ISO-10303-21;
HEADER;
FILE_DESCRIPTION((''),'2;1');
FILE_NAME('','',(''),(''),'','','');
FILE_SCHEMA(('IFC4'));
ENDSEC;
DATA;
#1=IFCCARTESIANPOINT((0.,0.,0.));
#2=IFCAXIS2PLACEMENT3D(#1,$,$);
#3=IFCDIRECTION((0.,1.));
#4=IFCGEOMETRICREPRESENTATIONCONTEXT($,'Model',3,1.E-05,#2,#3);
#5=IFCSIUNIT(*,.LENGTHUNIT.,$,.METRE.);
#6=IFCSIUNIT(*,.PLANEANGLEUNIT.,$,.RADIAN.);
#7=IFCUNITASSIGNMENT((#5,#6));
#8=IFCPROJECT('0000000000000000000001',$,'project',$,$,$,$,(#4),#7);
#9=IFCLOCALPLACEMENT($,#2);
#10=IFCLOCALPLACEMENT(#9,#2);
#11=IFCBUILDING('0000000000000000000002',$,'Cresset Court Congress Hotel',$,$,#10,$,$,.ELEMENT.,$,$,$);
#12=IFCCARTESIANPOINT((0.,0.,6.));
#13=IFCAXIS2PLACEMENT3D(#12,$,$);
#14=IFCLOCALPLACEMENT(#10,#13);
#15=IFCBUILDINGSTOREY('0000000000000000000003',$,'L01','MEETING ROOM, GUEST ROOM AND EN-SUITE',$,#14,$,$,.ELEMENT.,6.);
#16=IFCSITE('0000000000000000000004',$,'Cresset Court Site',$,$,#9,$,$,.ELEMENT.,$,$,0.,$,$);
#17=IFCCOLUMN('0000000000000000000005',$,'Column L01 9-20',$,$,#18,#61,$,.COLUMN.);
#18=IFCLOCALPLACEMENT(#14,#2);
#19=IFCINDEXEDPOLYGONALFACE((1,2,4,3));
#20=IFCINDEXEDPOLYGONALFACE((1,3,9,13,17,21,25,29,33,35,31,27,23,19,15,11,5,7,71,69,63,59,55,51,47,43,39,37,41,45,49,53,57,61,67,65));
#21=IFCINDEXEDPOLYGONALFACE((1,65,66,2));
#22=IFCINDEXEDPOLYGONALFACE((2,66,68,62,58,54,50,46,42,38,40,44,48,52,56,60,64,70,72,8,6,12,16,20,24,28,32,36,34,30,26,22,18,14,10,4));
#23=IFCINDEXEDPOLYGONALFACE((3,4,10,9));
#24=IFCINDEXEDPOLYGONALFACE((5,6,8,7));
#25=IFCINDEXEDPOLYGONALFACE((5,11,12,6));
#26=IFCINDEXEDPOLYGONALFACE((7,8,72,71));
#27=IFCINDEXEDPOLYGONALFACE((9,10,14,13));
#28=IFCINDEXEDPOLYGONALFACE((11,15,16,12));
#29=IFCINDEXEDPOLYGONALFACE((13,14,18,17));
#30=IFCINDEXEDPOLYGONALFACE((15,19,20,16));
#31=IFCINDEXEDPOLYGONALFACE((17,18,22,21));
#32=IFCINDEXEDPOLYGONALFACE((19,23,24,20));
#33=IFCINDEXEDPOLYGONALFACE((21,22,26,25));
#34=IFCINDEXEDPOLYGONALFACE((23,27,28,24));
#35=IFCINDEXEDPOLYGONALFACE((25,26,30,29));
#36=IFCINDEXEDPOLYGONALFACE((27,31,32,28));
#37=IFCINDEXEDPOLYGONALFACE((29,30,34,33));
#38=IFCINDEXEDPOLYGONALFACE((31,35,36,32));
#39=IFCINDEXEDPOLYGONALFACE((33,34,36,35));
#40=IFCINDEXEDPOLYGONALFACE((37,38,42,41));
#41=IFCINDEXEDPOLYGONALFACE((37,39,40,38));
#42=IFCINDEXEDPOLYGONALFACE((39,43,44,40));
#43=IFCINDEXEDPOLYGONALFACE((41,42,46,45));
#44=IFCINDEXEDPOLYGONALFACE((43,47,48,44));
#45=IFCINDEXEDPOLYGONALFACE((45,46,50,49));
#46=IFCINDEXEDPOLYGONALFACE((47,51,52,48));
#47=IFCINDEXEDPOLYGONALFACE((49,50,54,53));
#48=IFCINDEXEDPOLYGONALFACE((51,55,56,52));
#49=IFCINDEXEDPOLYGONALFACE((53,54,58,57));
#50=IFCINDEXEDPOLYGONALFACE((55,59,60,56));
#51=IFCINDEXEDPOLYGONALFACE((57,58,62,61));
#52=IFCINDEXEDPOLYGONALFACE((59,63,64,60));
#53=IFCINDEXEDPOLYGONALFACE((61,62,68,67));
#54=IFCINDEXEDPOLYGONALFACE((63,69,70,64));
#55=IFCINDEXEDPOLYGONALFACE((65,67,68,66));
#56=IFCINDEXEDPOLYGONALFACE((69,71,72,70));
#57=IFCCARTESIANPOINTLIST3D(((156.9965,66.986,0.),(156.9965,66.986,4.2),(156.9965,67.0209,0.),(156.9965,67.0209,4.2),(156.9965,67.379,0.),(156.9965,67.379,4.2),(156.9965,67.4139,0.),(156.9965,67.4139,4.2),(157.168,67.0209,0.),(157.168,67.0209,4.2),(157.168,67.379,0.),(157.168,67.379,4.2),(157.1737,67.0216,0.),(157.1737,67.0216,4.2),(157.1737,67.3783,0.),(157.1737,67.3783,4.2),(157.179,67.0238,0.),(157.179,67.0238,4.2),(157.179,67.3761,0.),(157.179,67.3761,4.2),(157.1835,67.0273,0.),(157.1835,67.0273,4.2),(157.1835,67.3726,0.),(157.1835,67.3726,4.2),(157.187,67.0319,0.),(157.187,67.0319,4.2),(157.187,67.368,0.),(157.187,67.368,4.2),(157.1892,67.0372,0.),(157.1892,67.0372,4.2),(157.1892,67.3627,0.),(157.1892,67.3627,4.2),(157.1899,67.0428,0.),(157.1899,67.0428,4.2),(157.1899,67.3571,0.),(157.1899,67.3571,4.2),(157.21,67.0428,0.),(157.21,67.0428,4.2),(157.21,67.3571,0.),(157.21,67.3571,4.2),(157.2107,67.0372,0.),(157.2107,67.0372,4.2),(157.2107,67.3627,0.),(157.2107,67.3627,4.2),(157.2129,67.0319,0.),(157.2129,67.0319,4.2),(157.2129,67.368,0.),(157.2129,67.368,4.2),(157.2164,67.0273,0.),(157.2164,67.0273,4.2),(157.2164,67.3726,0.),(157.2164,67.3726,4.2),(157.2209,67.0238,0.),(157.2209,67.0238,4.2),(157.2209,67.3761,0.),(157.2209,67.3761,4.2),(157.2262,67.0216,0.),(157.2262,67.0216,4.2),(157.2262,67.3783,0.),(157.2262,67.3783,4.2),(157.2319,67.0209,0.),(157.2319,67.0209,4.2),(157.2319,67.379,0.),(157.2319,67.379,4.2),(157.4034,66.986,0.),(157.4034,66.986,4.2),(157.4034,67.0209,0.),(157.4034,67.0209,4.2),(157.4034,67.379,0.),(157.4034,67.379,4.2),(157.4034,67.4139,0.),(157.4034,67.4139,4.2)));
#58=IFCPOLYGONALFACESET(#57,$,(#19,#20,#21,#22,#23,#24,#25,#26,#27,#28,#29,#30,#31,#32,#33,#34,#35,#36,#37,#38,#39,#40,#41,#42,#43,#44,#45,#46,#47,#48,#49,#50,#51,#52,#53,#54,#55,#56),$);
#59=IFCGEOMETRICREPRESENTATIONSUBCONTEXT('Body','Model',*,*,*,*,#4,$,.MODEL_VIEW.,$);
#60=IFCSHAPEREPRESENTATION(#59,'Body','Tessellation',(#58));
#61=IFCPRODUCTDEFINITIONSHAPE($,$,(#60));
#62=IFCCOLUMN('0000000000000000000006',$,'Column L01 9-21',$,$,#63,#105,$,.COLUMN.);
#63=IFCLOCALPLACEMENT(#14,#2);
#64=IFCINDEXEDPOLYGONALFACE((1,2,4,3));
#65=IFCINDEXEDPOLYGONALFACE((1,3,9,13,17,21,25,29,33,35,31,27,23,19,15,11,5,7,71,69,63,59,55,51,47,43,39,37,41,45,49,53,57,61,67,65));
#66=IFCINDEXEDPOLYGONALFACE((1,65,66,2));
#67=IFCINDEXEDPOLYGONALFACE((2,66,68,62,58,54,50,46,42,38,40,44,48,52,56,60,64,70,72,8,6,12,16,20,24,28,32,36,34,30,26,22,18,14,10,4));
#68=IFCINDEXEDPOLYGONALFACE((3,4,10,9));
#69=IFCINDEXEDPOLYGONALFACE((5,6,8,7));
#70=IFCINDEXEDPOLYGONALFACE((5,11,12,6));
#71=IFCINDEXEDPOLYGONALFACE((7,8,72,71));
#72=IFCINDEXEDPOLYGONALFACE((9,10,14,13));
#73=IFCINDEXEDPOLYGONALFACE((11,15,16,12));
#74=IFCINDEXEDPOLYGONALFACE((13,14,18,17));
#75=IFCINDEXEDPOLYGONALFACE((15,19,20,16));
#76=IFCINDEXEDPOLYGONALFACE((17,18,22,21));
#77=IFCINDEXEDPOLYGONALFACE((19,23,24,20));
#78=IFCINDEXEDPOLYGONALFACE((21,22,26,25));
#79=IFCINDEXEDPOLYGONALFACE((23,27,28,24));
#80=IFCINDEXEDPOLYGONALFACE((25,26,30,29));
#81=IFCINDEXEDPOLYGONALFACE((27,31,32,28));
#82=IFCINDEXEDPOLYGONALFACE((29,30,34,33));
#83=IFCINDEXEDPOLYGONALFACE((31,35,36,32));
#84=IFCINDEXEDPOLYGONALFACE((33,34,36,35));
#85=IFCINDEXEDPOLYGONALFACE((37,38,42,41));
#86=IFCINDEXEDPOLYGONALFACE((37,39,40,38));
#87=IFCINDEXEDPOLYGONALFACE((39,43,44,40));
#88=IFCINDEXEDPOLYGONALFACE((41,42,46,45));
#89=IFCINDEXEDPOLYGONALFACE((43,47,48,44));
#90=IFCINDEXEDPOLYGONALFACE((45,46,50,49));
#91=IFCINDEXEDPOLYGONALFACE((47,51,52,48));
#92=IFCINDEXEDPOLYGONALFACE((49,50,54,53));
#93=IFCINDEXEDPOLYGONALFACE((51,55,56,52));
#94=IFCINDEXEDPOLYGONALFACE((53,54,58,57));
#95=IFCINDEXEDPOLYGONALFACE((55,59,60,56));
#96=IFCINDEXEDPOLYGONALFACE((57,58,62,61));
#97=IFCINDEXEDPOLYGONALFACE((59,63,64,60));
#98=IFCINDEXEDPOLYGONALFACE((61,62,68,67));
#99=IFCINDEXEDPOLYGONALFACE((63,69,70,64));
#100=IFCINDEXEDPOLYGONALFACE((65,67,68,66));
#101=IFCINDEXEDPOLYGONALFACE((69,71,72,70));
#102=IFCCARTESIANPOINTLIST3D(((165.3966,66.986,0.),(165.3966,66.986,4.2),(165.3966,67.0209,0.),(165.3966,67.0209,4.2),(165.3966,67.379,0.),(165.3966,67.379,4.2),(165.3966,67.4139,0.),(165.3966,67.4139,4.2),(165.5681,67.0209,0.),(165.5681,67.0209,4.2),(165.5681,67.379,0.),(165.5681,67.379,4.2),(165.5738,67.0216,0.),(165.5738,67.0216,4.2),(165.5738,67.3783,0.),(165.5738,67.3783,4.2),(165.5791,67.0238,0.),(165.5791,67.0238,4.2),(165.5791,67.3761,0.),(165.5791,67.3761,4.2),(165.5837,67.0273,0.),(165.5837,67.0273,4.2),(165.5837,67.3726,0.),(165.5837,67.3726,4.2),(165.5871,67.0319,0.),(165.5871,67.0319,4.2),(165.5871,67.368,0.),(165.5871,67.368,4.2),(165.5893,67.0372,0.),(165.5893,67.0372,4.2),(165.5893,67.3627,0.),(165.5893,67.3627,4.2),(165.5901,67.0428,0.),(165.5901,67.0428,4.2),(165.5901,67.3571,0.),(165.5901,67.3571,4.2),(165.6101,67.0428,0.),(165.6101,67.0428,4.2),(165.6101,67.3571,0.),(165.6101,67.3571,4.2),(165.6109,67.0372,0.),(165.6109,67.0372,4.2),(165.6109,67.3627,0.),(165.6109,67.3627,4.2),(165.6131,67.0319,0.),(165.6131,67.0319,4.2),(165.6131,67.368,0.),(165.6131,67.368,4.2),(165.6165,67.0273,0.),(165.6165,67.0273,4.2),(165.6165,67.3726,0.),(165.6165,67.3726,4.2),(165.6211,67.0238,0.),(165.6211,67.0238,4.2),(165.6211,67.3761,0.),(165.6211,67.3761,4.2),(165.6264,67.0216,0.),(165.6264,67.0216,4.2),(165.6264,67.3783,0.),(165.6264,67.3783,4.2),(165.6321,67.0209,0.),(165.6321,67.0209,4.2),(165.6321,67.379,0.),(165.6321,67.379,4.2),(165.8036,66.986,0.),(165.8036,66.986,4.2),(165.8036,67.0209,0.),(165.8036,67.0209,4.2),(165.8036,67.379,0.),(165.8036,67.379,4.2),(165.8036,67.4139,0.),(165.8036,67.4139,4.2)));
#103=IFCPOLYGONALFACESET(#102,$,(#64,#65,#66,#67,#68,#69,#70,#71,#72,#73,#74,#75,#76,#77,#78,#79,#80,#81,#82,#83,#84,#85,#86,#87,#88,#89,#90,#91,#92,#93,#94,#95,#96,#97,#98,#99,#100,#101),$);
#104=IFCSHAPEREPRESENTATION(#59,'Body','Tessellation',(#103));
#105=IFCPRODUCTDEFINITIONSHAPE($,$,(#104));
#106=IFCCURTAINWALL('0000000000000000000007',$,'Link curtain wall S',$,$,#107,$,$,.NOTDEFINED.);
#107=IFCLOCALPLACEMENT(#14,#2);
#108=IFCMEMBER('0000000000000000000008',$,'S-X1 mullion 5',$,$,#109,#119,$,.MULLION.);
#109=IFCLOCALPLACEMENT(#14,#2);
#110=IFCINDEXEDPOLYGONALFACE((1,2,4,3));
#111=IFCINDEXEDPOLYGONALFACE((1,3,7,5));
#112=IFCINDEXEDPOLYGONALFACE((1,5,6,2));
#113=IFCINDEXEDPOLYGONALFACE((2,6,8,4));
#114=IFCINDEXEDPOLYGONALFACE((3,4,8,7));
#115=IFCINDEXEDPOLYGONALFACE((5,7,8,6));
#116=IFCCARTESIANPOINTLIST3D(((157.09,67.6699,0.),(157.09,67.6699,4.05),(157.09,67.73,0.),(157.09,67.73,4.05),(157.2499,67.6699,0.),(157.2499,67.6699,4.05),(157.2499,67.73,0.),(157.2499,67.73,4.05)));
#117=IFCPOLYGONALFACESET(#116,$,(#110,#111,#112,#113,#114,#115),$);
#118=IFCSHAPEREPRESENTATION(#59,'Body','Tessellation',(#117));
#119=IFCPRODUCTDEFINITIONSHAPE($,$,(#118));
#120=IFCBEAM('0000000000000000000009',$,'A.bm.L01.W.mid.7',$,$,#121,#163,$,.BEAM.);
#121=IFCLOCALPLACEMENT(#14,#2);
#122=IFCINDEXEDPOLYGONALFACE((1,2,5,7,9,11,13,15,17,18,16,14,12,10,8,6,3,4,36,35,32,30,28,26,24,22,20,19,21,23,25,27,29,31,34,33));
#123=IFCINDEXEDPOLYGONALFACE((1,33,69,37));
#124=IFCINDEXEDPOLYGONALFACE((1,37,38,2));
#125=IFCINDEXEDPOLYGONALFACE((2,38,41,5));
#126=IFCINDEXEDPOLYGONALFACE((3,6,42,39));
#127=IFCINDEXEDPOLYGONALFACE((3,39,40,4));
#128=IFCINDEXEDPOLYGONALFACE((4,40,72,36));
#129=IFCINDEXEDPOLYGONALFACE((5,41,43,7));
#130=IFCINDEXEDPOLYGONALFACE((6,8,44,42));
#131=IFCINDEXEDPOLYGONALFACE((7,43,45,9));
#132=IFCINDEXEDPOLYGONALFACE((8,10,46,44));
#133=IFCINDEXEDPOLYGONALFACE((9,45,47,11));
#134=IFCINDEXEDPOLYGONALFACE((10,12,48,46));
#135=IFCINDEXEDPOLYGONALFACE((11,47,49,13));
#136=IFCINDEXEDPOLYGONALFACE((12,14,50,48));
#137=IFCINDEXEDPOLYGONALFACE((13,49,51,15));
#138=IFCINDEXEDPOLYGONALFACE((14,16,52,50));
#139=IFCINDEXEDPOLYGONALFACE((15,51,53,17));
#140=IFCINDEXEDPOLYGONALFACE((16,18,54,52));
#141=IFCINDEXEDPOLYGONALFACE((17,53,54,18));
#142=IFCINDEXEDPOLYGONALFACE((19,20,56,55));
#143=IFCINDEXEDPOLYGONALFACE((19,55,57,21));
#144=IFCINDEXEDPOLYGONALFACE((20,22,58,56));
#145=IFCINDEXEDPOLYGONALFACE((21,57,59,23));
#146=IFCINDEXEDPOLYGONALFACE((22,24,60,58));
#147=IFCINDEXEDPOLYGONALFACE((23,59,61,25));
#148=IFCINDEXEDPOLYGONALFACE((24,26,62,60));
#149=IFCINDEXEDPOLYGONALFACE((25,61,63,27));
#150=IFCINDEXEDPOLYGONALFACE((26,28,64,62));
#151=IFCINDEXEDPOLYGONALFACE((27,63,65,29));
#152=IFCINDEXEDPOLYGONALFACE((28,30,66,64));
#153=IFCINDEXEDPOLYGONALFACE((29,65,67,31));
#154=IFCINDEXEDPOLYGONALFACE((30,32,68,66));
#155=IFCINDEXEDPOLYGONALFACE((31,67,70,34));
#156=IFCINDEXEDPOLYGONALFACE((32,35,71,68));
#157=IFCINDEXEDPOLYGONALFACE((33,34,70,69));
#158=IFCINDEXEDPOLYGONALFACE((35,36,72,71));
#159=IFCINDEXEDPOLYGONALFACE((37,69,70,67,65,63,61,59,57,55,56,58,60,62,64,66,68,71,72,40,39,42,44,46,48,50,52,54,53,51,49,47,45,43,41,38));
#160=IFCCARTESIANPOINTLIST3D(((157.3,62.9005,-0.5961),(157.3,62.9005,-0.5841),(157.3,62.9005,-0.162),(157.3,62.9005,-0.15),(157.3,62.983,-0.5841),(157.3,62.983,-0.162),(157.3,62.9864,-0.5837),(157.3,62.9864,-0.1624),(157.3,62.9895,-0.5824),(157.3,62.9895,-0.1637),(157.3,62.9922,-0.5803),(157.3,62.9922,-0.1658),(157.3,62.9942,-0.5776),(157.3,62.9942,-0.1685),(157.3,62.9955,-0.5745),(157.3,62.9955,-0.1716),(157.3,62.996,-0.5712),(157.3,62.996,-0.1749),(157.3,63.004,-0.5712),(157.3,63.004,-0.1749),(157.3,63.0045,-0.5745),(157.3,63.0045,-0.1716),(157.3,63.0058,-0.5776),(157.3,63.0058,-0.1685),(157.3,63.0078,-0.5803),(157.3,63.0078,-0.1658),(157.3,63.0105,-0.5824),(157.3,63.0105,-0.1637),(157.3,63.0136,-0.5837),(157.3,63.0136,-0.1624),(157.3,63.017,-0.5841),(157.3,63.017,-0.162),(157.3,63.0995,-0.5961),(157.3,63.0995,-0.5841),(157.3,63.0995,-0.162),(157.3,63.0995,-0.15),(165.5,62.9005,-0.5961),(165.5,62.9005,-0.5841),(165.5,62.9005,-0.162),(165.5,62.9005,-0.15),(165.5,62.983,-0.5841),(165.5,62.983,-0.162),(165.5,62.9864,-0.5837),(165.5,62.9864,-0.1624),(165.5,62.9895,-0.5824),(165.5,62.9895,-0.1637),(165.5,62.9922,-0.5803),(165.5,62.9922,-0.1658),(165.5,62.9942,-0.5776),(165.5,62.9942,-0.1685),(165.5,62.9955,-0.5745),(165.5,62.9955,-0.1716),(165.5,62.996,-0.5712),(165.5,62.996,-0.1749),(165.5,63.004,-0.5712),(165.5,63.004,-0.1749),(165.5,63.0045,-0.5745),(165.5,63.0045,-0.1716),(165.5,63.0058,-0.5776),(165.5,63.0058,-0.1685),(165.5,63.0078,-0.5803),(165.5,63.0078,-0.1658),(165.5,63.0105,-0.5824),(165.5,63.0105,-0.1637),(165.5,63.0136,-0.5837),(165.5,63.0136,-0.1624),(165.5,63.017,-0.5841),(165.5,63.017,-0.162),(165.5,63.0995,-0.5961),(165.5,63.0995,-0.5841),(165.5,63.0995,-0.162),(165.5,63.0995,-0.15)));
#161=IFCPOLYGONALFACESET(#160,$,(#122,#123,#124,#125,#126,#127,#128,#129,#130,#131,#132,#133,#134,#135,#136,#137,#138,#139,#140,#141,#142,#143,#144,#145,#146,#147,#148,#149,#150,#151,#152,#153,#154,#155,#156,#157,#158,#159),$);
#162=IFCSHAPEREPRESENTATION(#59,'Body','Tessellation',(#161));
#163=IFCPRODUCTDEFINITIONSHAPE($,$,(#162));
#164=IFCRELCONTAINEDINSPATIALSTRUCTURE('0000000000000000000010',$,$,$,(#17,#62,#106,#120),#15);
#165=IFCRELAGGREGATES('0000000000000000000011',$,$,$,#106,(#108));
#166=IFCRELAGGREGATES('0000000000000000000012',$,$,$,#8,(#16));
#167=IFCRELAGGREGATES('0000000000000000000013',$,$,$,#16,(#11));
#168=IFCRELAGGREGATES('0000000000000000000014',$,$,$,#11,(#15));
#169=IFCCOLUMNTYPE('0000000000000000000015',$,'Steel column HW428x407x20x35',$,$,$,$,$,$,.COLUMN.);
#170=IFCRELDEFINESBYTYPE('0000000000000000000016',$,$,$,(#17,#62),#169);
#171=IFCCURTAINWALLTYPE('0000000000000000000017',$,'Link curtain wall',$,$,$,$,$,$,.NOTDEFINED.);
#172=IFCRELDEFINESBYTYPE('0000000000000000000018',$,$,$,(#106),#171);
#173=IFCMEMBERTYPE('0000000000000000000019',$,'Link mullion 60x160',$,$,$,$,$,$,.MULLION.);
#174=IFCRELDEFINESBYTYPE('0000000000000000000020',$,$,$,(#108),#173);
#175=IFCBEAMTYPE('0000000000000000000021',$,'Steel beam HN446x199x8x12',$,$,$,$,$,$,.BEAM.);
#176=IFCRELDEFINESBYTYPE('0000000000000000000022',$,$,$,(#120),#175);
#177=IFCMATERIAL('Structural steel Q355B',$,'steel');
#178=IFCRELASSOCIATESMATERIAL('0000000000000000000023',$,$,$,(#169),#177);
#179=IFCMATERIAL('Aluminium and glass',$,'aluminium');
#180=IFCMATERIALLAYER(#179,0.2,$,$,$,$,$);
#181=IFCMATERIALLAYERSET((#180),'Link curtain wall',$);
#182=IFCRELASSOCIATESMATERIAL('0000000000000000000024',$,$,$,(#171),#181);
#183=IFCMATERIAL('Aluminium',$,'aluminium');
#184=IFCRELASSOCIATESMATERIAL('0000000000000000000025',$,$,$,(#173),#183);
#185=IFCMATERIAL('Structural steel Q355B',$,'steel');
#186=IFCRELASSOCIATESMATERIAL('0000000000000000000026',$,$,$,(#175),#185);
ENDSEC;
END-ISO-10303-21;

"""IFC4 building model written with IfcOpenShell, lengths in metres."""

from ifc_helpers import new_model, si_unit, direction, frame, origin, origin_2d, place, context, subcontext, project, spatial, rectangle, i_section, extrude, material, layer, layer_set, material_profile, profile_set, type_object, element, aggregate, save


model = new_model("IFC4")

# Units and contexts
model_context = context("Model", 3, precision=1e-05, world=origin(), true_north=direction((0.0, 1.0)))
body_context = subcontext(model_context, "Body", "Model", "MODEL_VIEW")
ifc_project = project(units=[si_unit("LENGTHUNIT", "METRE"), si_unit("PLANEANGLEUNIT", "RADIAN")], contexts=[model_context])

# Site, building, storey
site_placement = place(None, origin())
site = spatial("IfcSite", under=ifc_project, at=site_placement, Name="Cresset Court Site", CompositionType="ELEMENT", RefElevation=0.0)
building_placement = place(site_placement, origin())
building = spatial("IfcBuilding", under=site, at=building_placement, Name="Cresset Court Congress Hotel", CompositionType="ELEMENT")
storey_placement = place(building_placement, frame((0.0, 0.0, 6.0)))
storey = spatial("IfcBuildingStorey", under=building, at=storey_placement, Name="L01", Description="MEETING ROOM, GUEST ROOM AND EN-SUITE", CompositionType="ELEMENT", Elevation=6.0)

# Columns
ifc_material_1 = material(Name="Structural steel Q355B", Category="steel")
ifc_material_profile_1 = material_profile(ifc_material_1, i_section(OverallWidth=0.407, OverallDepth=0.428, WebThickness=0.02, FlangeThickness=0.0349, FilletRadius=0.022, at=origin_2d()), Name="HW428x407x20x35")
ifc_profile_set_1 = profile_set([ifc_material_profile_1], Name="Structural steel Q355B")
column_type = type_object("IfcColumnType", Name="Steel column HW428x407x20x35", PredefinedType="COLUMN", material=ifc_profile_set_1)
for number, where, z_axis, x_axis, name in (
    (1, (157.2, 67.2, 0.0), (0.0, 0.0, 1.0), (1.0, 0.0, 0.0), "Column L01 9-20"),
    (2, (165.6001, 67.2, 0.0), (0.0, 0.0, 1.0), (1.0, 0.0, 0.0), "Column L01 9-21"),
):
    element("IfcColumn", number, at=place(storey_placement, frame(where, z_axis=z_axis, x_axis=x_axis)), inside=storey, type_object=column_type, Name=name, PredefinedType="COLUMN", context=body_context, shape_type="SweptSolid", body=[
        extrude(i_section(OverallWidth=0.407, OverallDepth=0.428, WebThickness=0.02, FlangeThickness=0.0349, FilletRadius=0.022, at=origin_2d()), origin(), (0.0, 0.0, 1.0), 4.2),
    ])

# Curtain wall, member
ifc_material_2 = material(Name="Aluminium and glass", Category="aluminium")
ifc_layer_1 = layer(ifc_material_2, 0.2)
ifc_layer_set_1 = layer_set([ifc_layer_1], Name="Link curtain wall")
curtain_wall_type = type_object("IfcCurtainWallType", Name="Link curtain wall", PredefinedType="NOTDEFINED", material=ifc_layer_set_1)
curtain_wall_placement = place(storey_placement, origin())
curtain_wall = element("IfcCurtainWall", 3, at=curtain_wall_placement, inside=storey, type_object=curtain_wall_type, Name="Link curtain wall S", PredefinedType="NOTDEFINED")
ifc_material_3 = material(Name="Aluminium", Category="aluminium")
ifc_material_profile_2 = material_profile(ifc_material_3, rectangle(XDim=0.0601, YDim=0.1599, at=origin_2d()), Name="Mullion 60x160")
ifc_profile_set_2 = profile_set([ifc_material_profile_2], Name="Aluminium")
member_type = type_object("IfcMemberType", Name="Link mullion 60x160", PredefinedType="MULLION", material=ifc_profile_set_2)
member_placement = place(storey_placement, frame((157.1699, 67.7, 0.0), z_axis=(0.0, 0.0, 1.0), x_axis=(0.0, 1.0, 0.0)))
member = element("IfcMember", 4, at=member_placement, type_object=member_type, Name="S-X1 mullion 5", PredefinedType="MULLION", context=body_context, shape_type="SweptSolid", body=[
    extrude(rectangle(XDim=0.0601, YDim=0.1599, at=origin_2d()), origin(), (0.0, 0.0, 1.0), 4.05),
])
aggregate(curtain_wall, [member])

# Beam
ifc_material_4 = material(Name="Structural steel Q355B", Category="steel")
ifc_material_profile_3 = material_profile(ifc_material_4, i_section(OverallWidth=0.199, OverallDepth=0.446, WebThickness=0.0081, FlangeThickness=0.012, FilletRadius=0.0129, at=origin_2d()), Name="HN446x199x8x12")
ifc_profile_set_3 = profile_set([ifc_material_profile_3], Name="Structural steel Q355B")
beam_type_1 = type_object("IfcBeamType", Name="Steel beam HN446x199x8x12", PredefinedType="BEAM", material=ifc_profile_set_3)
beam_1_placement = place(storey_placement, frame((157.3, 63.0, -0.373), z_axis=(1.0, 0.0, 0.0), x_axis=(0.0, 1.0, 0.0)))
element("IfcBeam", 5, at=beam_1_placement, inside=storey, type_object=beam_type_1, Name="A.bm.L01.W.mid.7", PredefinedType="BEAM", context=body_context, shape_type="SweptSolid", body=[
    extrude(i_section(OverallWidth=0.199, OverallDepth=0.446, WebThickness=0.0081, FlangeThickness=0.012, FilletRadius=0.0129, at=origin_2d()), origin(), (0.0, 0.0, 1.0), 8.2),
])

save(model, "model.ifc")
